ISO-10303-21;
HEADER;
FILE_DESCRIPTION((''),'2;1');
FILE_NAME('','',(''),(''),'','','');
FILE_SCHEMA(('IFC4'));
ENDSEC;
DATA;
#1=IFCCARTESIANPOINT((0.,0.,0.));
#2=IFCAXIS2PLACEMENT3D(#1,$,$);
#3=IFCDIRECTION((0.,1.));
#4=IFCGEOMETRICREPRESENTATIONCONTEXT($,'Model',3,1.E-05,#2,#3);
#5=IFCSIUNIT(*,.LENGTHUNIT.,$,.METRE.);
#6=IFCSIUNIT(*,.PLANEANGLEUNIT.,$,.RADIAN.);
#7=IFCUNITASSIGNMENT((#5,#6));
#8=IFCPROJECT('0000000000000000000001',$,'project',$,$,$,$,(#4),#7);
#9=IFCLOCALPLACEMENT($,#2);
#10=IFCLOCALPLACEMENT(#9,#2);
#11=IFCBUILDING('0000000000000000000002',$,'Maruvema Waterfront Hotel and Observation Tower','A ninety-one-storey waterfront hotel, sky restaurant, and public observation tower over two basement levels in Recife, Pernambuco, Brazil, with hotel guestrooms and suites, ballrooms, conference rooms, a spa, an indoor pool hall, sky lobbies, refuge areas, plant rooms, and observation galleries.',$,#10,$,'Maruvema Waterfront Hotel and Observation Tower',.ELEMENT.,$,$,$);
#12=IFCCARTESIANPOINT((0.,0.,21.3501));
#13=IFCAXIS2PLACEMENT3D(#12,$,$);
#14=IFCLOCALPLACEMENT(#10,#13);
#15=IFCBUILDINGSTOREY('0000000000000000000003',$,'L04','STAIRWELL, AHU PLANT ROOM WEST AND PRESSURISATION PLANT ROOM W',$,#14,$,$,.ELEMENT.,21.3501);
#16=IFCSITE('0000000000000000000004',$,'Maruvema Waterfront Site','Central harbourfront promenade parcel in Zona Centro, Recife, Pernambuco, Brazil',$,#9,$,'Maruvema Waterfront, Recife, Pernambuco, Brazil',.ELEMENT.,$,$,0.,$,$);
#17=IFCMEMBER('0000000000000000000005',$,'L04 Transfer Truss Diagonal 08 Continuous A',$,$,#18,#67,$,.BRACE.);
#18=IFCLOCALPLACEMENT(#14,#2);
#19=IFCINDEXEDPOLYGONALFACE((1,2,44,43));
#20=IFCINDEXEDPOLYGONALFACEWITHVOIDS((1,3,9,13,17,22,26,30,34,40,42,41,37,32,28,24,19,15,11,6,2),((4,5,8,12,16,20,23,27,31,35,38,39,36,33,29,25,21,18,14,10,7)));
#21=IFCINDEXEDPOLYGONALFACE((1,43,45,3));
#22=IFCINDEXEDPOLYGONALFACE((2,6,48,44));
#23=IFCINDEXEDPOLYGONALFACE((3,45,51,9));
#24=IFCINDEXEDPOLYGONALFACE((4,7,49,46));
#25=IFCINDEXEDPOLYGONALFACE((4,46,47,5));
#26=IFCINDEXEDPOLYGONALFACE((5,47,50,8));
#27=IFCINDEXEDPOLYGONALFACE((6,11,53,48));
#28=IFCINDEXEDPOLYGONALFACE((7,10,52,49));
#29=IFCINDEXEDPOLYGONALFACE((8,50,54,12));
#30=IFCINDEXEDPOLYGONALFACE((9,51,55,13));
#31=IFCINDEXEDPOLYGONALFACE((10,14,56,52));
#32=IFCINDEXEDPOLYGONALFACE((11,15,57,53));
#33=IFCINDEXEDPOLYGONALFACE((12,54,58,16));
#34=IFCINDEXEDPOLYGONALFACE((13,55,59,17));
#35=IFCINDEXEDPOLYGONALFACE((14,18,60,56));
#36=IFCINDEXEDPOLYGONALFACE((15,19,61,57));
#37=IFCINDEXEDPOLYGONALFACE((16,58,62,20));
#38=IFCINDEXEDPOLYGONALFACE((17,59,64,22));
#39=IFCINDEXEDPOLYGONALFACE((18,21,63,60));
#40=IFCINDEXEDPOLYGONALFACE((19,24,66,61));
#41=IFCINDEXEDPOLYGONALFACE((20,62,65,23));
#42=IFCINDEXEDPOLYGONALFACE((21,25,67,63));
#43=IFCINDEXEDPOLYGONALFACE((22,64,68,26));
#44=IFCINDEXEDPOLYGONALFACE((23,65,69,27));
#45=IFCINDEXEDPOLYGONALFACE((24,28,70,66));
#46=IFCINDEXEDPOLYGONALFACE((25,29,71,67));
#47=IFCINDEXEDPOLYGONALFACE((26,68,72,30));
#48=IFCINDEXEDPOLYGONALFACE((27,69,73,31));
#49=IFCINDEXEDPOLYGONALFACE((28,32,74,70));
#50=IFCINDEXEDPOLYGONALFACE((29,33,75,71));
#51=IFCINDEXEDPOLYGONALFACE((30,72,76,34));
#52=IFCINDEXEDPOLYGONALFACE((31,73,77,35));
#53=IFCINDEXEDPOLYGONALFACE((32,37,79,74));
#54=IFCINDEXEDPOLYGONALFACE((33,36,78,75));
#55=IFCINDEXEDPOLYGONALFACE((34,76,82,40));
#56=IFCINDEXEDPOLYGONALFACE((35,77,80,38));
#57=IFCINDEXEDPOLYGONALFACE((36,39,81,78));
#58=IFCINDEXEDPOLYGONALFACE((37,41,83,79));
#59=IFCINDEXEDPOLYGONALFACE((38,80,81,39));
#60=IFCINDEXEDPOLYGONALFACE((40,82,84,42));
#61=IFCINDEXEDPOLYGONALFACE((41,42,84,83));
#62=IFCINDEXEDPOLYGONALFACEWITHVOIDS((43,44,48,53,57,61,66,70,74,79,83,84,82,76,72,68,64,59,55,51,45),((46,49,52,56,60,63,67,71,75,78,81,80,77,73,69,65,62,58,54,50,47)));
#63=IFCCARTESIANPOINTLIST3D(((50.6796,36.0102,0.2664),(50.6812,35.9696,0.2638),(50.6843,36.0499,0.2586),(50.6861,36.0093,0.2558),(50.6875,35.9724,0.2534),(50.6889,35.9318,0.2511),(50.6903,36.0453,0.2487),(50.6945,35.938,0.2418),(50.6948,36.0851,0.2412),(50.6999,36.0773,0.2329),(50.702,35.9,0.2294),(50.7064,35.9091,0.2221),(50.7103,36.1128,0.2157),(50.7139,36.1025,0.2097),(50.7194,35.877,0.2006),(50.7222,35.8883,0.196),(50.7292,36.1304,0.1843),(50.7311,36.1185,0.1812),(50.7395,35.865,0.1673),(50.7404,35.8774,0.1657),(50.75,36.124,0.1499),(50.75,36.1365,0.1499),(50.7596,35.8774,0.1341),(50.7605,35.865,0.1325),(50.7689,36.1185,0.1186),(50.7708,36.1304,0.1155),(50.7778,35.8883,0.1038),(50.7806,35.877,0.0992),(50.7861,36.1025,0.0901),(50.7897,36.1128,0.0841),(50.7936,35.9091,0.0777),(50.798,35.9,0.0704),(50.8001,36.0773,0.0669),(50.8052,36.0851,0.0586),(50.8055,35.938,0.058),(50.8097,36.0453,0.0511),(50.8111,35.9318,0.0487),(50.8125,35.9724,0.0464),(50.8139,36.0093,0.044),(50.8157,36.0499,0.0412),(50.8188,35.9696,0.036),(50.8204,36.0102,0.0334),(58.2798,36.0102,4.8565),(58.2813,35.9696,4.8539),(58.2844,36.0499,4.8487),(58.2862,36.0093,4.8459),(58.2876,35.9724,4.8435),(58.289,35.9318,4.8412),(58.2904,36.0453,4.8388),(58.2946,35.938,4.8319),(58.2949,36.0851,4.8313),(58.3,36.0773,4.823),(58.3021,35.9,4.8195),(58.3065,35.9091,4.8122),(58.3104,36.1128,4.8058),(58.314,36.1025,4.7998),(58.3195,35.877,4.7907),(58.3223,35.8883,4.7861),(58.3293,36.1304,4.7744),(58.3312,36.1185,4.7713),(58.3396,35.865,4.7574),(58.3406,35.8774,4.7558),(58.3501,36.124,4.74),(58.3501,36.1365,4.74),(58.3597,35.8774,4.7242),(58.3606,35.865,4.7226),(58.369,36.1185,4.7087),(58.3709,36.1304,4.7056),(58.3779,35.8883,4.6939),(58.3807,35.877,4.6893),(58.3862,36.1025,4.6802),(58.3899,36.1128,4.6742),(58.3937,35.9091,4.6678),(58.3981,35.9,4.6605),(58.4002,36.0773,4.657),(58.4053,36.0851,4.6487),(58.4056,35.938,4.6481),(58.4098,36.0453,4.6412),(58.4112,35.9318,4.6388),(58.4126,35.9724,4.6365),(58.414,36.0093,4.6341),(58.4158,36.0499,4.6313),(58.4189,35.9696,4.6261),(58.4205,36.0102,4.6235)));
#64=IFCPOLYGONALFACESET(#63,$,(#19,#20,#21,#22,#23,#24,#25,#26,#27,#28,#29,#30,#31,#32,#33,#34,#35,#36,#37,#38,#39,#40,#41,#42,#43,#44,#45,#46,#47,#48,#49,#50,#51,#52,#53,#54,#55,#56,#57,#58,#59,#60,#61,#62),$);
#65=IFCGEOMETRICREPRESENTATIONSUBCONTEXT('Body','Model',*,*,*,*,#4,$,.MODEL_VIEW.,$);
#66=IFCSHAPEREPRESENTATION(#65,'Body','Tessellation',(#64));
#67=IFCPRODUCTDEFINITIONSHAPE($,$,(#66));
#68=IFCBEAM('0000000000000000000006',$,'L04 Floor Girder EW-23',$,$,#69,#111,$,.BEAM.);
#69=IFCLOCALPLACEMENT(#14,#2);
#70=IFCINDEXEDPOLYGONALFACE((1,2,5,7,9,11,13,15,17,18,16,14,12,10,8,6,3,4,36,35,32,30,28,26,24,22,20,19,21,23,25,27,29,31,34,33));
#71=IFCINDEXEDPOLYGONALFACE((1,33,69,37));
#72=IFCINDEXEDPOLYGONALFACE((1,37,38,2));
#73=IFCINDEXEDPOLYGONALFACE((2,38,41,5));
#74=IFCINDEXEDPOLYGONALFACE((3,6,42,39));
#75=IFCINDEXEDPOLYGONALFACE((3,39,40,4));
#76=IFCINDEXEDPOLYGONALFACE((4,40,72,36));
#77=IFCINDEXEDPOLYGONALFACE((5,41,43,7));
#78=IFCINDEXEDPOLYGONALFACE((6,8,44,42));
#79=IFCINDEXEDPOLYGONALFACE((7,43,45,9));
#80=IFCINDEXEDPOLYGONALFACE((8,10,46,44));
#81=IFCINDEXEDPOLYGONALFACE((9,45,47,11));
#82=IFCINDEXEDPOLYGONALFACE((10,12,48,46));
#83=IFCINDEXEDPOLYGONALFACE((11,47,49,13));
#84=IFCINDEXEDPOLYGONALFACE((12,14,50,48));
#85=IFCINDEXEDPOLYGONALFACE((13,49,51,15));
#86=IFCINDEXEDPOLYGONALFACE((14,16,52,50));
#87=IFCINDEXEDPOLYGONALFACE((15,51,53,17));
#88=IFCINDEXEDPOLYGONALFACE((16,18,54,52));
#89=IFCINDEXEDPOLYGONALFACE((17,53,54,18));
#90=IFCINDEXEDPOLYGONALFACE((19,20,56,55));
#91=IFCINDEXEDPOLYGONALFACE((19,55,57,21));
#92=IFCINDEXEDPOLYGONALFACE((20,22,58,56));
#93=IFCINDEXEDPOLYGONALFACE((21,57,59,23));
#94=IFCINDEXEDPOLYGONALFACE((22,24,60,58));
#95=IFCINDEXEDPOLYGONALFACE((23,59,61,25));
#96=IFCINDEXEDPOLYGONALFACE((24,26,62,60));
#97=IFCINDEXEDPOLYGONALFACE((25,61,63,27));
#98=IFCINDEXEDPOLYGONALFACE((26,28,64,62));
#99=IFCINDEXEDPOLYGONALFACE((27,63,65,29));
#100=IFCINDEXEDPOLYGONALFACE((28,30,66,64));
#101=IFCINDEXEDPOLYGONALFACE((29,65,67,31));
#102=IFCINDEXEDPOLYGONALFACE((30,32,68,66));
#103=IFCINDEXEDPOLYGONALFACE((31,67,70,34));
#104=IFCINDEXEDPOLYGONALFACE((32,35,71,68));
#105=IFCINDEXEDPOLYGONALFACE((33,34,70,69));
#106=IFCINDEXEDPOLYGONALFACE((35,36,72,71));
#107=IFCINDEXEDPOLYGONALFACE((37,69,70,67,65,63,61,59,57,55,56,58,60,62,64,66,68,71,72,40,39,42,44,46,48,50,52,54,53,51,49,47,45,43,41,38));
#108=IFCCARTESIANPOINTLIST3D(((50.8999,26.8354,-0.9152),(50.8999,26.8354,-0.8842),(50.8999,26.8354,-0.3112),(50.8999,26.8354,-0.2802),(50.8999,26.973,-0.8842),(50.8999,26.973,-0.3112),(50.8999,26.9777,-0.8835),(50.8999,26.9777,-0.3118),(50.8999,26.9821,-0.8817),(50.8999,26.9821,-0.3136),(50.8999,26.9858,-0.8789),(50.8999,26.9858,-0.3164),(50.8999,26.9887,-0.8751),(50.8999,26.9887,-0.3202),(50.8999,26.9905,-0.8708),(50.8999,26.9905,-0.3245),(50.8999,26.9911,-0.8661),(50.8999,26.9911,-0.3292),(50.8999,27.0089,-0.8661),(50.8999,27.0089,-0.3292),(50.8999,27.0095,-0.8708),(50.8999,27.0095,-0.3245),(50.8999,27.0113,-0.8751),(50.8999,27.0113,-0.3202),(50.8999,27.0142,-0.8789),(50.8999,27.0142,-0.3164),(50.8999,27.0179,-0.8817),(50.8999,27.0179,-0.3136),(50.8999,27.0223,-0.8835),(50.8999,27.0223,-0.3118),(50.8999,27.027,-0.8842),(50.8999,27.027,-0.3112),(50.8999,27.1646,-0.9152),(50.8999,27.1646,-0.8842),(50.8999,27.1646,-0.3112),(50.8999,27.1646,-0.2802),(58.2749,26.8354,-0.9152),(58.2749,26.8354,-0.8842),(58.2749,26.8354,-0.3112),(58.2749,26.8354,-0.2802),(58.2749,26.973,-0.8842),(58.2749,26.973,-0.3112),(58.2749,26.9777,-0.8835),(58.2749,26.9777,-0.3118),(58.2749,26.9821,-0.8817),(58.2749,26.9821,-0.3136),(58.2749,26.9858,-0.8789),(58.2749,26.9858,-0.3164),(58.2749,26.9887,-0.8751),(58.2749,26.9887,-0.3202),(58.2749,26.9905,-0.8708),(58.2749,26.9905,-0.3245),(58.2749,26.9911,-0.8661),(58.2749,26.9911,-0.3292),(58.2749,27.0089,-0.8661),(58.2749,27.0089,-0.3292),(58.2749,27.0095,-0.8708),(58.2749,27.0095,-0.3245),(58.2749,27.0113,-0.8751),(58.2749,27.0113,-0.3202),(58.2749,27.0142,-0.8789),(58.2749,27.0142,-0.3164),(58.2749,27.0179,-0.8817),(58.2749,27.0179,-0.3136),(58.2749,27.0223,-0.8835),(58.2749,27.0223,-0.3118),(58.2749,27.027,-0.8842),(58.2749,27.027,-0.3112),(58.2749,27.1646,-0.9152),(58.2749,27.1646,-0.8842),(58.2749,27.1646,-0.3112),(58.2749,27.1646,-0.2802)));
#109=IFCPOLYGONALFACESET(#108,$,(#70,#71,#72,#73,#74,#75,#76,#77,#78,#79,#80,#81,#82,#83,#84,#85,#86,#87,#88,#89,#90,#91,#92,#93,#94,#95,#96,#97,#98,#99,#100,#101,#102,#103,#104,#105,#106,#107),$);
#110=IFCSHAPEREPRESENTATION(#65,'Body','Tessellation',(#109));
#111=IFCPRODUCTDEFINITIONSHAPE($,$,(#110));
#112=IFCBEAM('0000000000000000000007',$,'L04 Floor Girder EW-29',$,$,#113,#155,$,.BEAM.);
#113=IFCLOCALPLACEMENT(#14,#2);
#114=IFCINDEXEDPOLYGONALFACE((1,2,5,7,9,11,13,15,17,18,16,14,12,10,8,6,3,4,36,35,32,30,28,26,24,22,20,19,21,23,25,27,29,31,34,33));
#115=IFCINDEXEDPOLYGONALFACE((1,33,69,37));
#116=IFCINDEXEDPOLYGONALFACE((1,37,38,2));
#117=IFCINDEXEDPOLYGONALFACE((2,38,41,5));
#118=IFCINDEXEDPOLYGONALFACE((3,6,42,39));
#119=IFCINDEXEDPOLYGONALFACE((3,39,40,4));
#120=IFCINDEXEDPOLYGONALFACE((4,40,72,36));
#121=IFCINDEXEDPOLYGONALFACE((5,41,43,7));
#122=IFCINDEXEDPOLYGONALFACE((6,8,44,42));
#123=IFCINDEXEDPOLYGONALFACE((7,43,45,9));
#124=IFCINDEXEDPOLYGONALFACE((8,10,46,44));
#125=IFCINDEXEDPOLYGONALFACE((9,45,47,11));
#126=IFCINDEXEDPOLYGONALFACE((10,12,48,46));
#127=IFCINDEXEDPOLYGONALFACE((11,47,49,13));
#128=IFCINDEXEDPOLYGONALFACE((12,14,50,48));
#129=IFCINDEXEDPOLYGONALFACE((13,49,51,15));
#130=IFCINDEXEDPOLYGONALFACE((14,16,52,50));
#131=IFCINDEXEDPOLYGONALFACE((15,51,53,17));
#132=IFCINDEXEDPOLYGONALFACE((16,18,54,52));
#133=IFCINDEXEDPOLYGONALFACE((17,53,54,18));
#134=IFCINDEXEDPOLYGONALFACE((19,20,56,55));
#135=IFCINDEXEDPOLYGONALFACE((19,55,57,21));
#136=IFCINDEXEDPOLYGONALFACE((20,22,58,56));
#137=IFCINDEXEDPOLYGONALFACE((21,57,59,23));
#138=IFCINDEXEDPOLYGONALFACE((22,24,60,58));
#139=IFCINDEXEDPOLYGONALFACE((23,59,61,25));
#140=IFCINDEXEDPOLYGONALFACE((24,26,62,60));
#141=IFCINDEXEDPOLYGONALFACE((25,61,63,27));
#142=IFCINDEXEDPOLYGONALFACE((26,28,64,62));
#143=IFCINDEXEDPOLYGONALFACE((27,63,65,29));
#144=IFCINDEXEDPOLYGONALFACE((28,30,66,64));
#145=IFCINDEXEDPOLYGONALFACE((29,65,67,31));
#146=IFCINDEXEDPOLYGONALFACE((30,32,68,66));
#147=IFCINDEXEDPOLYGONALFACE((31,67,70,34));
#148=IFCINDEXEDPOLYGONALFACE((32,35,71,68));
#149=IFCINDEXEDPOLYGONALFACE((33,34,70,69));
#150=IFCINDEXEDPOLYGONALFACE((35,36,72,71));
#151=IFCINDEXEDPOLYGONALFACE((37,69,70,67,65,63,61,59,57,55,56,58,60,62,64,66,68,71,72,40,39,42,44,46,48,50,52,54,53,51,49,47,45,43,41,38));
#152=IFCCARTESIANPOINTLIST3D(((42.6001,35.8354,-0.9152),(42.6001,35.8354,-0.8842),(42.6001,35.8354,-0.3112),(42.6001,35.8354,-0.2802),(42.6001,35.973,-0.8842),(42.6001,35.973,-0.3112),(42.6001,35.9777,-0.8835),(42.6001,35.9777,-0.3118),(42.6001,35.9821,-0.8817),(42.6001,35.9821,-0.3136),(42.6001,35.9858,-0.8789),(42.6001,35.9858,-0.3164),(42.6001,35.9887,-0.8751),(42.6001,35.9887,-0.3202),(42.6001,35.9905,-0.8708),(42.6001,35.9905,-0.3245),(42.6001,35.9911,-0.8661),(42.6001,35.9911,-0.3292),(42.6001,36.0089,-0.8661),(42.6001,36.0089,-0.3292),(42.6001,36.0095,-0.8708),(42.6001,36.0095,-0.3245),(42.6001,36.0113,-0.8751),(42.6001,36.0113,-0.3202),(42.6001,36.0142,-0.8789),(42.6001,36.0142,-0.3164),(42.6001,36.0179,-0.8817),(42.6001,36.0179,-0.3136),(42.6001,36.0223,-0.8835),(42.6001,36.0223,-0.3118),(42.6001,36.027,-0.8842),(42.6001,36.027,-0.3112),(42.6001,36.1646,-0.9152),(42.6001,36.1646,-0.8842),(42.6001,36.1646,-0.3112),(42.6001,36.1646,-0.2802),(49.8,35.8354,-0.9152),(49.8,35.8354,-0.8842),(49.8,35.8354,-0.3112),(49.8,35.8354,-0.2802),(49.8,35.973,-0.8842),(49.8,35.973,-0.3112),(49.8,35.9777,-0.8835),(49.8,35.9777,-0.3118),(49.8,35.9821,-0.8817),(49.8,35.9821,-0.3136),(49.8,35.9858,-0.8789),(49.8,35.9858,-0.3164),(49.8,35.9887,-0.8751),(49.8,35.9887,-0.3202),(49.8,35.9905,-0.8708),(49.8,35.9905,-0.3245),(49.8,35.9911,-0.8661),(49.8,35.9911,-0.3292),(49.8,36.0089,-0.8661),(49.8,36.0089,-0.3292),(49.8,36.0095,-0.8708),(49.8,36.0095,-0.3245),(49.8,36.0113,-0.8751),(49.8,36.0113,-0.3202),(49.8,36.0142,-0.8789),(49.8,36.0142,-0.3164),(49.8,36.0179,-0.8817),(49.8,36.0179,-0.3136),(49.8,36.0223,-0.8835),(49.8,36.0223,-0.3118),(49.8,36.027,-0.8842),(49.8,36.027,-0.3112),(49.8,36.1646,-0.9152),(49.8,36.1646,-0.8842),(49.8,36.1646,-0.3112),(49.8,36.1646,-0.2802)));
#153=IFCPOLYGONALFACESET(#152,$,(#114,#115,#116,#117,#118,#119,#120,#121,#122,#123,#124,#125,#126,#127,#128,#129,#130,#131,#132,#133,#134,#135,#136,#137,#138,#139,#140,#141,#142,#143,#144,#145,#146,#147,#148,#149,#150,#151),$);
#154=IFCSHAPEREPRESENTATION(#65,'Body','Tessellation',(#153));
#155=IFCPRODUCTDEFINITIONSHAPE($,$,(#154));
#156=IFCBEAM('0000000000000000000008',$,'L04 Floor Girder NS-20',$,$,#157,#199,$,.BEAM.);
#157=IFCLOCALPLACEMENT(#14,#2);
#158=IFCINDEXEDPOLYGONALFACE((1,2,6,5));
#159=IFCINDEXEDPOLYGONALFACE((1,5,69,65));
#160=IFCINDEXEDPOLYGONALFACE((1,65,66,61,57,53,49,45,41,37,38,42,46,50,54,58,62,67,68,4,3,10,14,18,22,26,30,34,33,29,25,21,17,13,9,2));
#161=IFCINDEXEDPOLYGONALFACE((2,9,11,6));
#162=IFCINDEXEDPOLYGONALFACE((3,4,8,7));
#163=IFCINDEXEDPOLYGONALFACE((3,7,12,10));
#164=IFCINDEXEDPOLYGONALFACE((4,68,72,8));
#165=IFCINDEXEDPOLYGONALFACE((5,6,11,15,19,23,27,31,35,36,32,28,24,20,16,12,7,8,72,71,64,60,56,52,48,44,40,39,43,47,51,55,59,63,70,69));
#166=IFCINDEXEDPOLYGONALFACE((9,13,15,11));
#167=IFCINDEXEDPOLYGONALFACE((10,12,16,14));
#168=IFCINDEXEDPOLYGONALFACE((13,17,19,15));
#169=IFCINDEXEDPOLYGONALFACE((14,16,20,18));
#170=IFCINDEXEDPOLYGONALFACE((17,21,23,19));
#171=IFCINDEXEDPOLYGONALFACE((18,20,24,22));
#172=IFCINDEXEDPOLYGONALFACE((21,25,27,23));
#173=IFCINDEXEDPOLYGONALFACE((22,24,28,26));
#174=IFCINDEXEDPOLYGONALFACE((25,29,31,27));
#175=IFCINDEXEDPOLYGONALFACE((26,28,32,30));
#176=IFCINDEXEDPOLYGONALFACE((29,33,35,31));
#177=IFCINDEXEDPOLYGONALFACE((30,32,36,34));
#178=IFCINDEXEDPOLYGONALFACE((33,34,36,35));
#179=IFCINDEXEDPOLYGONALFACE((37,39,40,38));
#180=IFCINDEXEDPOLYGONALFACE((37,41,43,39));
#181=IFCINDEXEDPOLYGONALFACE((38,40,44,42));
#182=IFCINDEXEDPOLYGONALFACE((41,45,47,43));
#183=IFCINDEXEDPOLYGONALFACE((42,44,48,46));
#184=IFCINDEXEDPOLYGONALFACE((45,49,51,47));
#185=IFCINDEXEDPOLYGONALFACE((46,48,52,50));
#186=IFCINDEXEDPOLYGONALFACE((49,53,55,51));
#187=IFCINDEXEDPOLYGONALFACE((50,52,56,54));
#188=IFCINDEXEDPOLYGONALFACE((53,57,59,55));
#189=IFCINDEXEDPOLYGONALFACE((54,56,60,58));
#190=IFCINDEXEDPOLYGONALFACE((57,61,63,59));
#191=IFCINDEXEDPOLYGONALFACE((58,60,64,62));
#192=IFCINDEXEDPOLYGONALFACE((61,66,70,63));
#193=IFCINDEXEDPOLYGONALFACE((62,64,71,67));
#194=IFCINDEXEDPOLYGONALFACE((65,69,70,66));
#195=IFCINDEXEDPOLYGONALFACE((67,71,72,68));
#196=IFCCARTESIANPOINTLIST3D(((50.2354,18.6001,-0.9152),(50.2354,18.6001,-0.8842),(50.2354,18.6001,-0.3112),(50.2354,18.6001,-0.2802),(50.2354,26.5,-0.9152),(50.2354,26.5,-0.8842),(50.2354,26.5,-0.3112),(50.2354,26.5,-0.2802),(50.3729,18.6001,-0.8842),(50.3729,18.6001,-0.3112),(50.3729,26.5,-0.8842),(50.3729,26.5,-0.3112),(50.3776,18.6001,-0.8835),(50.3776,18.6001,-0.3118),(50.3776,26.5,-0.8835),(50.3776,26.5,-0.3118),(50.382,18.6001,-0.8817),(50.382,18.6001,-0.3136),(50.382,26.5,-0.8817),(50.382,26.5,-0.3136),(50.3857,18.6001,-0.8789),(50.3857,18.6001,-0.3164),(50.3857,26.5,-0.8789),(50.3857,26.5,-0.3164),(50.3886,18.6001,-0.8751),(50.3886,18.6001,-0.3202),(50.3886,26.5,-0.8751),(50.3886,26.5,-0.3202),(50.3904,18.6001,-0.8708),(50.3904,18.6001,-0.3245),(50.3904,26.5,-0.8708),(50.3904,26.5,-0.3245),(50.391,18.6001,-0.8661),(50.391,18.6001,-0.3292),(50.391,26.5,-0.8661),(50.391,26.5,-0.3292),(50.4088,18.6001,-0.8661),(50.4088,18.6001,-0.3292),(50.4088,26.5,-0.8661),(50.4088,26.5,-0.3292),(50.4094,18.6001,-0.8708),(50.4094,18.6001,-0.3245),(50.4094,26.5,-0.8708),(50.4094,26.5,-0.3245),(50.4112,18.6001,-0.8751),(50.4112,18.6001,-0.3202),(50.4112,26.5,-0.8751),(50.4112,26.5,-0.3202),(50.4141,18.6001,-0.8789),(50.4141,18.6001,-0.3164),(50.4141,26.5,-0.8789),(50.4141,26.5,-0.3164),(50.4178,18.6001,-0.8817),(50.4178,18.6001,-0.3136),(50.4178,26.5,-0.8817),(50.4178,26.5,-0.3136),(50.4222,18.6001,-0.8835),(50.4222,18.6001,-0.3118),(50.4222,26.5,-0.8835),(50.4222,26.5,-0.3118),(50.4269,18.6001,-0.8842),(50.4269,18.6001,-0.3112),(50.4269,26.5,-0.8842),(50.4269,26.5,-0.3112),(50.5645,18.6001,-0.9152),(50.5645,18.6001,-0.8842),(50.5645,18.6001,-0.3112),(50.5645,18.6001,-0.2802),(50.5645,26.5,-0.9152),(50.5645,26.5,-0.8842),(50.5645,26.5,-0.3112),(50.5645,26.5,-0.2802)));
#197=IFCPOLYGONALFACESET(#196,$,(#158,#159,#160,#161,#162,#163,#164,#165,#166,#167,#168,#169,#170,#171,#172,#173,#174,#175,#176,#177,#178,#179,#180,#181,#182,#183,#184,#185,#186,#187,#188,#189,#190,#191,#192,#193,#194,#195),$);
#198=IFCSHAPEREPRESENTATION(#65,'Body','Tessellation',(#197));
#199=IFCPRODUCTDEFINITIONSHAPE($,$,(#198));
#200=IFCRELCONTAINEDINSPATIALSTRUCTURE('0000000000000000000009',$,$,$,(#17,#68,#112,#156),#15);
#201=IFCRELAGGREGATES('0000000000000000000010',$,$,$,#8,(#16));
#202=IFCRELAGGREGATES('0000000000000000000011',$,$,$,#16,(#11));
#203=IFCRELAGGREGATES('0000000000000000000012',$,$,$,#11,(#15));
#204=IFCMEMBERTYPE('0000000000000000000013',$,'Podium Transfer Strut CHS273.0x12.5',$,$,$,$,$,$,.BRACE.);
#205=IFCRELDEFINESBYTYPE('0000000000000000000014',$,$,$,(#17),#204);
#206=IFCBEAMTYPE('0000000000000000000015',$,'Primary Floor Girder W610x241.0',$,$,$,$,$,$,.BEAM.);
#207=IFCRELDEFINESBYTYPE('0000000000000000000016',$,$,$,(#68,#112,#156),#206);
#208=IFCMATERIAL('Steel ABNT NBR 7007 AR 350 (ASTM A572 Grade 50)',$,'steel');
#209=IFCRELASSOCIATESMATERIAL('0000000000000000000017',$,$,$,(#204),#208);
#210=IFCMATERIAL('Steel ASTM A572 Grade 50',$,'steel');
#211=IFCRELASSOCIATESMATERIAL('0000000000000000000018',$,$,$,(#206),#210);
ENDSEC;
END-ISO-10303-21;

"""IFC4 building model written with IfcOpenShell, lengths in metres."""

from ifc_helpers import new_model, si_unit, direction, frame, origin, origin_2d, place, context, subcontext, project, spatial, hollow_circle, i_section, extrude, material, material_profile, profile_set, type_object, element, save


model = new_model("IFC4")

# Units and contexts
model_context = context("Model", 3, precision=1e-05, world=origin(), true_north=direction((0.0, 1.0)))
body_context = subcontext(model_context, "Body", "Model", "MODEL_VIEW")
ifc_project = project(units=[si_unit("LENGTHUNIT", "METRE"), si_unit("PLANEANGLEUNIT", "RADIAN")], contexts=[model_context])

# Site, building, storey
site_placement = place(None, origin())
site = spatial("IfcSite", under=ifc_project, at=site_placement, Name="Maruvema Waterfront Site", Description="Central harbourfront promenade parcel in Zona Centro, Recife, Pernambuco, Brazil", LongName="Maruvema Waterfront, Recife, Pernambuco, Brazil", CompositionType="ELEMENT", RefElevation=0.0)
building_placement = place(site_placement, origin())
building = spatial("IfcBuilding", under=site, at=building_placement, Name="Maruvema Waterfront Hotel and Observation Tower", Description="A ninety-one-storey waterfront hotel, sky restaurant, and public observation tower over two basement levels in Recife, Pernambuco, Brazil, with hotel guestrooms and suites, ballrooms, conference rooms, a spa, an indoor pool hall, sky lobbies, refuge areas, plant rooms, and observation galleries.", LongName="Maruvema Waterfront Hotel and Observation Tower", CompositionType="ELEMENT")
storey_placement = place(building_placement, frame((0.0, 0.0, 21.3501)))
storey = spatial("IfcBuildingStorey", under=building, at=storey_placement, Name="L04", Description="STAIRWELL, AHU PLANT ROOM WEST AND PRESSURISATION PLANT ROOM W", CompositionType="ELEMENT", Elevation=21.3501)

# Member
ifc_material_1 = material(Name="Steel ABNT NBR 7007 AR 350 (ASTM A572 Grade 50)", Category="steel")
ifc_material_profile_1 = material_profile(ifc_material_1, hollow_circle(Radius=0.1365, WallThickness=0.0125, at=origin_2d()), Name="CHS273.0x12.5")
ifc_profile_set_1 = profile_set([ifc_material_profile_1], Name="Steel ABNT NBR 7007 AR 350 (ASTM A572 Grade 50)")
member_type = type_object("IfcMemberType", Name="Podium Transfer Strut CHS273.0x12.5", PredefinedType="BRACE", material=ifc_profile_set_1)
member_1_placement = place(storey_placement, frame((50.75, 36.0, 0.1499), z_axis=(0.855997, 0.0, 0.51698), x_axis=(0.0, 1.0, 0.0)))
element("IfcMember", 1, at=member_1_placement, inside=storey, type_object=member_type, Name="L04 Transfer Truss Diagonal 08 Continuous A", PredefinedType="BRACE", context=body_context, shape_type="SweptSolid", body=[
    extrude(hollow_circle(Radius=0.1365, WallThickness=0.0125, at=origin_2d()), origin(), (0.0, 0.0, 1.0), 8.8787),
])

# Beams
ifc_material_2 = material(Name="Steel ASTM A572 Grade 50", Category="steel")
ifc_material_profile_2 = material_profile(ifc_material_2, i_section(OverallWidth=0.3291, OverallDepth=0.635, WebThickness=0.0178, FlangeThickness=0.031, FilletRadius=0.0181, at=origin_2d()), Name="W610x241.0")
ifc_profile_set_2 = profile_set([ifc_material_profile_2], Name="Steel ASTM A572 Grade 50")
beam_type = type_object("IfcBeamType", Name="Primary Floor Girder W610x241.0", PredefinedType="BEAM", material=ifc_profile_set_2)
beam_1_placement = place(storey_placement, frame((50.8999, 27.0, -0.5977), z_axis=(1.0, 0.0, 0.0), x_axis=(0.0, 1.0, 0.0)))
element("IfcBeam", 2, at=beam_1_placement, inside=storey, type_object=beam_type, Name="L04 Floor Girder EW-23", PredefinedType="BEAM", context=body_context, shape_type="SweptSolid", body=[
    extrude(i_section(OverallWidth=0.3291, OverallDepth=0.635, WebThickness=0.0178, FlangeThickness=0.031, FilletRadius=0.0181, at=origin_2d()), origin(), (0.0, 0.0, 1.0), 7.375),
])
beam_2_placement = place(storey_placement, frame((42.6001, 36.0, -0.5977), z_axis=(1.0, 0.0, 0.0), x_axis=(0.0, 1.0, 0.0)))
element("IfcBeam", 3, at=beam_2_placement, inside=storey, type_object=beam_type, Name="L04 Floor Girder EW-29", PredefinedType="BEAM", context=body_context, shape_type="SweptSolid", body=[
    extrude(i_section(OverallWidth=0.3291, OverallDepth=0.635, WebThickness=0.0178, FlangeThickness=0.031, FilletRadius=0.0181, at=origin_2d()), origin(), (0.0, 0.0, 1.0), 7.2),
])
for number, where, z_axis, x_axis, name in (
    (4, (50.3999, 18.6001, -0.5977), (0.0, 1.0, 0.0), (-1.0, 0.0, 0.0), "L04 Floor Girder NS-20"),
):
    element("IfcBeam", number, at=place(storey_placement, frame(where, z_axis=z_axis, x_axis=x_axis)), inside=storey, type_object=beam_type, Name=name, PredefinedType="BEAM", context=body_context, shape_type="SweptSolid", body=[
        extrude(i_section(OverallWidth=0.3291, OverallDepth=0.635, WebThickness=0.0178, FlangeThickness=0.031, FilletRadius=0.0181, at=origin_2d()), origin(), (0.0, 0.0, 1.0), 7.8999),
    ])

save(model, "model.ifc")
